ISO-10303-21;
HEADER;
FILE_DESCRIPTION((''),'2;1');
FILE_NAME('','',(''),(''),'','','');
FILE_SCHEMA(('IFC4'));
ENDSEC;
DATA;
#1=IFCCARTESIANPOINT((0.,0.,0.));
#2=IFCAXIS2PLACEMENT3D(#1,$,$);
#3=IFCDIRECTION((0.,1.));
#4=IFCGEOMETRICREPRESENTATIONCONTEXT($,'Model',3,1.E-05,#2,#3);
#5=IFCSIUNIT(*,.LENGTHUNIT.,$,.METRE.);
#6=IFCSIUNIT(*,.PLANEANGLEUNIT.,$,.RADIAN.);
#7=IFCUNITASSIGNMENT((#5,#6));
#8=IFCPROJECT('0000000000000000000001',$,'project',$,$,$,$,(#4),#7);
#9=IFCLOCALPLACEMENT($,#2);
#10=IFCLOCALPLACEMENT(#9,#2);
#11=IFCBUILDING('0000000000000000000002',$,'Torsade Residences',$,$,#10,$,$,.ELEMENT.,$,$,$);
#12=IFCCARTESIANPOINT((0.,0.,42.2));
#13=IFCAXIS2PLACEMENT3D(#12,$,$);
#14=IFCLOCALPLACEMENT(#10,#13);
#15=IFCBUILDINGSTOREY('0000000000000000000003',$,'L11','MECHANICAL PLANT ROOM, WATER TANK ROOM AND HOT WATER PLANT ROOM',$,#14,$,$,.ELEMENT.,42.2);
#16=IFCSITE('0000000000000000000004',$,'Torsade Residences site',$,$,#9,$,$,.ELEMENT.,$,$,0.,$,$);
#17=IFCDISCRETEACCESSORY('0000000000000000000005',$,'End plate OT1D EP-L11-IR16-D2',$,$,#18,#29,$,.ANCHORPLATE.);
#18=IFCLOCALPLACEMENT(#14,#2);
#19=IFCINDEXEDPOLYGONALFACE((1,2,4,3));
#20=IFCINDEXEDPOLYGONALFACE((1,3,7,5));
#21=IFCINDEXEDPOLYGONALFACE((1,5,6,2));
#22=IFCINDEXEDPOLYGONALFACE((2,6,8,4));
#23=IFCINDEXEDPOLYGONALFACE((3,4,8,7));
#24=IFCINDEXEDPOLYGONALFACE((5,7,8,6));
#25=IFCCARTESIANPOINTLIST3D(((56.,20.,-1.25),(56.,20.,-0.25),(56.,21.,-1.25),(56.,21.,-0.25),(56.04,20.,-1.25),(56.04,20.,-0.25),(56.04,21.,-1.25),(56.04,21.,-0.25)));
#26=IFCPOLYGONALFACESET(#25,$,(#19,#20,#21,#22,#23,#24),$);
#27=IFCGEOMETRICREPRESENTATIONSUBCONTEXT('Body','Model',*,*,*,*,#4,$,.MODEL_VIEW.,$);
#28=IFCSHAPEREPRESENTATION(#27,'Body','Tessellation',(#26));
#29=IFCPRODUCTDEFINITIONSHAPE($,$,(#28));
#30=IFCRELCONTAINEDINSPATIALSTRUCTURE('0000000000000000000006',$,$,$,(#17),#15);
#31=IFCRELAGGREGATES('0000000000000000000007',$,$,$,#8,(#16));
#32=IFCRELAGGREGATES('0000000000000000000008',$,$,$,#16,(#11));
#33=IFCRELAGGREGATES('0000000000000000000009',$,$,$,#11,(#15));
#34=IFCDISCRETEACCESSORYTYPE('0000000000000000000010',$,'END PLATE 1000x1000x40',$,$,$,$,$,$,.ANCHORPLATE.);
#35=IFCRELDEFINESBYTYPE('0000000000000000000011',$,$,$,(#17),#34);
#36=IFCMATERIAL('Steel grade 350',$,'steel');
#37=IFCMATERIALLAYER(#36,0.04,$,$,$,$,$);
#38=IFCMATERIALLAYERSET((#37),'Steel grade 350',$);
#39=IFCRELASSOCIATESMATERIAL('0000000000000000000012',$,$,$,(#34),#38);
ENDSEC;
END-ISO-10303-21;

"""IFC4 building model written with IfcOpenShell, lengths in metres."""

from ifc_helpers import new_model, si_unit, direction, frame, origin, origin_2d, place, context, subcontext, project, spatial, rectangle, extrude, material, layer, layer_set, type_object, element, save


model = new_model("IFC4")

# Units and contexts
model_context = context("Model", 3, precision=1e-05, world=origin(), true_north=direction((0.0, 1.0)))
body_context = subcontext(model_context, "Body", "Model", "MODEL_VIEW")
ifc_project = project(units=[si_unit("LENGTHUNIT", "METRE"), si_unit("PLANEANGLEUNIT", "RADIAN")], contexts=[model_context])

# Site, building, storey
site_placement = place(None, origin())
site = spatial("IfcSite", under=ifc_project, at=site_placement, Name="Torsade Residences site", CompositionType="ELEMENT", RefElevation=0.0)
building_placement = place(site_placement, origin())
building = spatial("IfcBuilding", under=site, at=building_placement, Name="Torsade Residences", CompositionType="ELEMENT")
storey_placement = place(building_placement, frame((0.0, 0.0, 42.2)))
storey = spatial("IfcBuildingStorey", under=building, at=storey_placement, Name="L11", Description="MECHANICAL PLANT ROOM, WATER TANK ROOM AND HOT WATER PLANT ROOM", CompositionType="ELEMENT", Elevation=42.2)

# Discrete accessory
ifc_material_1 = material(Name="Steel grade 350", Category="steel")
ifc_layer_1 = layer(ifc_material_1, 0.04)
ifc_layer_set_1 = layer_set([ifc_layer_1], Name="Steel grade 350")
discrete_accessory_type = type_object("IfcDiscreteAccessoryType", Name="END PLATE 1000x1000x40", PredefinedType="ANCHORPLATE", material=ifc_layer_set_1)
discrete_accessory_placement = place(storey_placement, frame((56.02, 20.5, -1.25), z_axis=(0.0, 0.0, 1.0), x_axis=(1.0, 0.0, 0.0)))
element("IfcDiscreteAccessory", 1, at=discrete_accessory_placement, inside=storey, type_object=discrete_accessory_type, Name="End plate OT1D EP-L11-IR16-D2", PredefinedType="ANCHORPLATE", context=body_context, shape_type="SweptSolid", body=[
    extrude(rectangle(XDim=0.04, YDim=1.0, at=origin_2d()), origin(), (0.0, 0.0, 1.0), 1.0),
])

save(model, "model.ifc")
